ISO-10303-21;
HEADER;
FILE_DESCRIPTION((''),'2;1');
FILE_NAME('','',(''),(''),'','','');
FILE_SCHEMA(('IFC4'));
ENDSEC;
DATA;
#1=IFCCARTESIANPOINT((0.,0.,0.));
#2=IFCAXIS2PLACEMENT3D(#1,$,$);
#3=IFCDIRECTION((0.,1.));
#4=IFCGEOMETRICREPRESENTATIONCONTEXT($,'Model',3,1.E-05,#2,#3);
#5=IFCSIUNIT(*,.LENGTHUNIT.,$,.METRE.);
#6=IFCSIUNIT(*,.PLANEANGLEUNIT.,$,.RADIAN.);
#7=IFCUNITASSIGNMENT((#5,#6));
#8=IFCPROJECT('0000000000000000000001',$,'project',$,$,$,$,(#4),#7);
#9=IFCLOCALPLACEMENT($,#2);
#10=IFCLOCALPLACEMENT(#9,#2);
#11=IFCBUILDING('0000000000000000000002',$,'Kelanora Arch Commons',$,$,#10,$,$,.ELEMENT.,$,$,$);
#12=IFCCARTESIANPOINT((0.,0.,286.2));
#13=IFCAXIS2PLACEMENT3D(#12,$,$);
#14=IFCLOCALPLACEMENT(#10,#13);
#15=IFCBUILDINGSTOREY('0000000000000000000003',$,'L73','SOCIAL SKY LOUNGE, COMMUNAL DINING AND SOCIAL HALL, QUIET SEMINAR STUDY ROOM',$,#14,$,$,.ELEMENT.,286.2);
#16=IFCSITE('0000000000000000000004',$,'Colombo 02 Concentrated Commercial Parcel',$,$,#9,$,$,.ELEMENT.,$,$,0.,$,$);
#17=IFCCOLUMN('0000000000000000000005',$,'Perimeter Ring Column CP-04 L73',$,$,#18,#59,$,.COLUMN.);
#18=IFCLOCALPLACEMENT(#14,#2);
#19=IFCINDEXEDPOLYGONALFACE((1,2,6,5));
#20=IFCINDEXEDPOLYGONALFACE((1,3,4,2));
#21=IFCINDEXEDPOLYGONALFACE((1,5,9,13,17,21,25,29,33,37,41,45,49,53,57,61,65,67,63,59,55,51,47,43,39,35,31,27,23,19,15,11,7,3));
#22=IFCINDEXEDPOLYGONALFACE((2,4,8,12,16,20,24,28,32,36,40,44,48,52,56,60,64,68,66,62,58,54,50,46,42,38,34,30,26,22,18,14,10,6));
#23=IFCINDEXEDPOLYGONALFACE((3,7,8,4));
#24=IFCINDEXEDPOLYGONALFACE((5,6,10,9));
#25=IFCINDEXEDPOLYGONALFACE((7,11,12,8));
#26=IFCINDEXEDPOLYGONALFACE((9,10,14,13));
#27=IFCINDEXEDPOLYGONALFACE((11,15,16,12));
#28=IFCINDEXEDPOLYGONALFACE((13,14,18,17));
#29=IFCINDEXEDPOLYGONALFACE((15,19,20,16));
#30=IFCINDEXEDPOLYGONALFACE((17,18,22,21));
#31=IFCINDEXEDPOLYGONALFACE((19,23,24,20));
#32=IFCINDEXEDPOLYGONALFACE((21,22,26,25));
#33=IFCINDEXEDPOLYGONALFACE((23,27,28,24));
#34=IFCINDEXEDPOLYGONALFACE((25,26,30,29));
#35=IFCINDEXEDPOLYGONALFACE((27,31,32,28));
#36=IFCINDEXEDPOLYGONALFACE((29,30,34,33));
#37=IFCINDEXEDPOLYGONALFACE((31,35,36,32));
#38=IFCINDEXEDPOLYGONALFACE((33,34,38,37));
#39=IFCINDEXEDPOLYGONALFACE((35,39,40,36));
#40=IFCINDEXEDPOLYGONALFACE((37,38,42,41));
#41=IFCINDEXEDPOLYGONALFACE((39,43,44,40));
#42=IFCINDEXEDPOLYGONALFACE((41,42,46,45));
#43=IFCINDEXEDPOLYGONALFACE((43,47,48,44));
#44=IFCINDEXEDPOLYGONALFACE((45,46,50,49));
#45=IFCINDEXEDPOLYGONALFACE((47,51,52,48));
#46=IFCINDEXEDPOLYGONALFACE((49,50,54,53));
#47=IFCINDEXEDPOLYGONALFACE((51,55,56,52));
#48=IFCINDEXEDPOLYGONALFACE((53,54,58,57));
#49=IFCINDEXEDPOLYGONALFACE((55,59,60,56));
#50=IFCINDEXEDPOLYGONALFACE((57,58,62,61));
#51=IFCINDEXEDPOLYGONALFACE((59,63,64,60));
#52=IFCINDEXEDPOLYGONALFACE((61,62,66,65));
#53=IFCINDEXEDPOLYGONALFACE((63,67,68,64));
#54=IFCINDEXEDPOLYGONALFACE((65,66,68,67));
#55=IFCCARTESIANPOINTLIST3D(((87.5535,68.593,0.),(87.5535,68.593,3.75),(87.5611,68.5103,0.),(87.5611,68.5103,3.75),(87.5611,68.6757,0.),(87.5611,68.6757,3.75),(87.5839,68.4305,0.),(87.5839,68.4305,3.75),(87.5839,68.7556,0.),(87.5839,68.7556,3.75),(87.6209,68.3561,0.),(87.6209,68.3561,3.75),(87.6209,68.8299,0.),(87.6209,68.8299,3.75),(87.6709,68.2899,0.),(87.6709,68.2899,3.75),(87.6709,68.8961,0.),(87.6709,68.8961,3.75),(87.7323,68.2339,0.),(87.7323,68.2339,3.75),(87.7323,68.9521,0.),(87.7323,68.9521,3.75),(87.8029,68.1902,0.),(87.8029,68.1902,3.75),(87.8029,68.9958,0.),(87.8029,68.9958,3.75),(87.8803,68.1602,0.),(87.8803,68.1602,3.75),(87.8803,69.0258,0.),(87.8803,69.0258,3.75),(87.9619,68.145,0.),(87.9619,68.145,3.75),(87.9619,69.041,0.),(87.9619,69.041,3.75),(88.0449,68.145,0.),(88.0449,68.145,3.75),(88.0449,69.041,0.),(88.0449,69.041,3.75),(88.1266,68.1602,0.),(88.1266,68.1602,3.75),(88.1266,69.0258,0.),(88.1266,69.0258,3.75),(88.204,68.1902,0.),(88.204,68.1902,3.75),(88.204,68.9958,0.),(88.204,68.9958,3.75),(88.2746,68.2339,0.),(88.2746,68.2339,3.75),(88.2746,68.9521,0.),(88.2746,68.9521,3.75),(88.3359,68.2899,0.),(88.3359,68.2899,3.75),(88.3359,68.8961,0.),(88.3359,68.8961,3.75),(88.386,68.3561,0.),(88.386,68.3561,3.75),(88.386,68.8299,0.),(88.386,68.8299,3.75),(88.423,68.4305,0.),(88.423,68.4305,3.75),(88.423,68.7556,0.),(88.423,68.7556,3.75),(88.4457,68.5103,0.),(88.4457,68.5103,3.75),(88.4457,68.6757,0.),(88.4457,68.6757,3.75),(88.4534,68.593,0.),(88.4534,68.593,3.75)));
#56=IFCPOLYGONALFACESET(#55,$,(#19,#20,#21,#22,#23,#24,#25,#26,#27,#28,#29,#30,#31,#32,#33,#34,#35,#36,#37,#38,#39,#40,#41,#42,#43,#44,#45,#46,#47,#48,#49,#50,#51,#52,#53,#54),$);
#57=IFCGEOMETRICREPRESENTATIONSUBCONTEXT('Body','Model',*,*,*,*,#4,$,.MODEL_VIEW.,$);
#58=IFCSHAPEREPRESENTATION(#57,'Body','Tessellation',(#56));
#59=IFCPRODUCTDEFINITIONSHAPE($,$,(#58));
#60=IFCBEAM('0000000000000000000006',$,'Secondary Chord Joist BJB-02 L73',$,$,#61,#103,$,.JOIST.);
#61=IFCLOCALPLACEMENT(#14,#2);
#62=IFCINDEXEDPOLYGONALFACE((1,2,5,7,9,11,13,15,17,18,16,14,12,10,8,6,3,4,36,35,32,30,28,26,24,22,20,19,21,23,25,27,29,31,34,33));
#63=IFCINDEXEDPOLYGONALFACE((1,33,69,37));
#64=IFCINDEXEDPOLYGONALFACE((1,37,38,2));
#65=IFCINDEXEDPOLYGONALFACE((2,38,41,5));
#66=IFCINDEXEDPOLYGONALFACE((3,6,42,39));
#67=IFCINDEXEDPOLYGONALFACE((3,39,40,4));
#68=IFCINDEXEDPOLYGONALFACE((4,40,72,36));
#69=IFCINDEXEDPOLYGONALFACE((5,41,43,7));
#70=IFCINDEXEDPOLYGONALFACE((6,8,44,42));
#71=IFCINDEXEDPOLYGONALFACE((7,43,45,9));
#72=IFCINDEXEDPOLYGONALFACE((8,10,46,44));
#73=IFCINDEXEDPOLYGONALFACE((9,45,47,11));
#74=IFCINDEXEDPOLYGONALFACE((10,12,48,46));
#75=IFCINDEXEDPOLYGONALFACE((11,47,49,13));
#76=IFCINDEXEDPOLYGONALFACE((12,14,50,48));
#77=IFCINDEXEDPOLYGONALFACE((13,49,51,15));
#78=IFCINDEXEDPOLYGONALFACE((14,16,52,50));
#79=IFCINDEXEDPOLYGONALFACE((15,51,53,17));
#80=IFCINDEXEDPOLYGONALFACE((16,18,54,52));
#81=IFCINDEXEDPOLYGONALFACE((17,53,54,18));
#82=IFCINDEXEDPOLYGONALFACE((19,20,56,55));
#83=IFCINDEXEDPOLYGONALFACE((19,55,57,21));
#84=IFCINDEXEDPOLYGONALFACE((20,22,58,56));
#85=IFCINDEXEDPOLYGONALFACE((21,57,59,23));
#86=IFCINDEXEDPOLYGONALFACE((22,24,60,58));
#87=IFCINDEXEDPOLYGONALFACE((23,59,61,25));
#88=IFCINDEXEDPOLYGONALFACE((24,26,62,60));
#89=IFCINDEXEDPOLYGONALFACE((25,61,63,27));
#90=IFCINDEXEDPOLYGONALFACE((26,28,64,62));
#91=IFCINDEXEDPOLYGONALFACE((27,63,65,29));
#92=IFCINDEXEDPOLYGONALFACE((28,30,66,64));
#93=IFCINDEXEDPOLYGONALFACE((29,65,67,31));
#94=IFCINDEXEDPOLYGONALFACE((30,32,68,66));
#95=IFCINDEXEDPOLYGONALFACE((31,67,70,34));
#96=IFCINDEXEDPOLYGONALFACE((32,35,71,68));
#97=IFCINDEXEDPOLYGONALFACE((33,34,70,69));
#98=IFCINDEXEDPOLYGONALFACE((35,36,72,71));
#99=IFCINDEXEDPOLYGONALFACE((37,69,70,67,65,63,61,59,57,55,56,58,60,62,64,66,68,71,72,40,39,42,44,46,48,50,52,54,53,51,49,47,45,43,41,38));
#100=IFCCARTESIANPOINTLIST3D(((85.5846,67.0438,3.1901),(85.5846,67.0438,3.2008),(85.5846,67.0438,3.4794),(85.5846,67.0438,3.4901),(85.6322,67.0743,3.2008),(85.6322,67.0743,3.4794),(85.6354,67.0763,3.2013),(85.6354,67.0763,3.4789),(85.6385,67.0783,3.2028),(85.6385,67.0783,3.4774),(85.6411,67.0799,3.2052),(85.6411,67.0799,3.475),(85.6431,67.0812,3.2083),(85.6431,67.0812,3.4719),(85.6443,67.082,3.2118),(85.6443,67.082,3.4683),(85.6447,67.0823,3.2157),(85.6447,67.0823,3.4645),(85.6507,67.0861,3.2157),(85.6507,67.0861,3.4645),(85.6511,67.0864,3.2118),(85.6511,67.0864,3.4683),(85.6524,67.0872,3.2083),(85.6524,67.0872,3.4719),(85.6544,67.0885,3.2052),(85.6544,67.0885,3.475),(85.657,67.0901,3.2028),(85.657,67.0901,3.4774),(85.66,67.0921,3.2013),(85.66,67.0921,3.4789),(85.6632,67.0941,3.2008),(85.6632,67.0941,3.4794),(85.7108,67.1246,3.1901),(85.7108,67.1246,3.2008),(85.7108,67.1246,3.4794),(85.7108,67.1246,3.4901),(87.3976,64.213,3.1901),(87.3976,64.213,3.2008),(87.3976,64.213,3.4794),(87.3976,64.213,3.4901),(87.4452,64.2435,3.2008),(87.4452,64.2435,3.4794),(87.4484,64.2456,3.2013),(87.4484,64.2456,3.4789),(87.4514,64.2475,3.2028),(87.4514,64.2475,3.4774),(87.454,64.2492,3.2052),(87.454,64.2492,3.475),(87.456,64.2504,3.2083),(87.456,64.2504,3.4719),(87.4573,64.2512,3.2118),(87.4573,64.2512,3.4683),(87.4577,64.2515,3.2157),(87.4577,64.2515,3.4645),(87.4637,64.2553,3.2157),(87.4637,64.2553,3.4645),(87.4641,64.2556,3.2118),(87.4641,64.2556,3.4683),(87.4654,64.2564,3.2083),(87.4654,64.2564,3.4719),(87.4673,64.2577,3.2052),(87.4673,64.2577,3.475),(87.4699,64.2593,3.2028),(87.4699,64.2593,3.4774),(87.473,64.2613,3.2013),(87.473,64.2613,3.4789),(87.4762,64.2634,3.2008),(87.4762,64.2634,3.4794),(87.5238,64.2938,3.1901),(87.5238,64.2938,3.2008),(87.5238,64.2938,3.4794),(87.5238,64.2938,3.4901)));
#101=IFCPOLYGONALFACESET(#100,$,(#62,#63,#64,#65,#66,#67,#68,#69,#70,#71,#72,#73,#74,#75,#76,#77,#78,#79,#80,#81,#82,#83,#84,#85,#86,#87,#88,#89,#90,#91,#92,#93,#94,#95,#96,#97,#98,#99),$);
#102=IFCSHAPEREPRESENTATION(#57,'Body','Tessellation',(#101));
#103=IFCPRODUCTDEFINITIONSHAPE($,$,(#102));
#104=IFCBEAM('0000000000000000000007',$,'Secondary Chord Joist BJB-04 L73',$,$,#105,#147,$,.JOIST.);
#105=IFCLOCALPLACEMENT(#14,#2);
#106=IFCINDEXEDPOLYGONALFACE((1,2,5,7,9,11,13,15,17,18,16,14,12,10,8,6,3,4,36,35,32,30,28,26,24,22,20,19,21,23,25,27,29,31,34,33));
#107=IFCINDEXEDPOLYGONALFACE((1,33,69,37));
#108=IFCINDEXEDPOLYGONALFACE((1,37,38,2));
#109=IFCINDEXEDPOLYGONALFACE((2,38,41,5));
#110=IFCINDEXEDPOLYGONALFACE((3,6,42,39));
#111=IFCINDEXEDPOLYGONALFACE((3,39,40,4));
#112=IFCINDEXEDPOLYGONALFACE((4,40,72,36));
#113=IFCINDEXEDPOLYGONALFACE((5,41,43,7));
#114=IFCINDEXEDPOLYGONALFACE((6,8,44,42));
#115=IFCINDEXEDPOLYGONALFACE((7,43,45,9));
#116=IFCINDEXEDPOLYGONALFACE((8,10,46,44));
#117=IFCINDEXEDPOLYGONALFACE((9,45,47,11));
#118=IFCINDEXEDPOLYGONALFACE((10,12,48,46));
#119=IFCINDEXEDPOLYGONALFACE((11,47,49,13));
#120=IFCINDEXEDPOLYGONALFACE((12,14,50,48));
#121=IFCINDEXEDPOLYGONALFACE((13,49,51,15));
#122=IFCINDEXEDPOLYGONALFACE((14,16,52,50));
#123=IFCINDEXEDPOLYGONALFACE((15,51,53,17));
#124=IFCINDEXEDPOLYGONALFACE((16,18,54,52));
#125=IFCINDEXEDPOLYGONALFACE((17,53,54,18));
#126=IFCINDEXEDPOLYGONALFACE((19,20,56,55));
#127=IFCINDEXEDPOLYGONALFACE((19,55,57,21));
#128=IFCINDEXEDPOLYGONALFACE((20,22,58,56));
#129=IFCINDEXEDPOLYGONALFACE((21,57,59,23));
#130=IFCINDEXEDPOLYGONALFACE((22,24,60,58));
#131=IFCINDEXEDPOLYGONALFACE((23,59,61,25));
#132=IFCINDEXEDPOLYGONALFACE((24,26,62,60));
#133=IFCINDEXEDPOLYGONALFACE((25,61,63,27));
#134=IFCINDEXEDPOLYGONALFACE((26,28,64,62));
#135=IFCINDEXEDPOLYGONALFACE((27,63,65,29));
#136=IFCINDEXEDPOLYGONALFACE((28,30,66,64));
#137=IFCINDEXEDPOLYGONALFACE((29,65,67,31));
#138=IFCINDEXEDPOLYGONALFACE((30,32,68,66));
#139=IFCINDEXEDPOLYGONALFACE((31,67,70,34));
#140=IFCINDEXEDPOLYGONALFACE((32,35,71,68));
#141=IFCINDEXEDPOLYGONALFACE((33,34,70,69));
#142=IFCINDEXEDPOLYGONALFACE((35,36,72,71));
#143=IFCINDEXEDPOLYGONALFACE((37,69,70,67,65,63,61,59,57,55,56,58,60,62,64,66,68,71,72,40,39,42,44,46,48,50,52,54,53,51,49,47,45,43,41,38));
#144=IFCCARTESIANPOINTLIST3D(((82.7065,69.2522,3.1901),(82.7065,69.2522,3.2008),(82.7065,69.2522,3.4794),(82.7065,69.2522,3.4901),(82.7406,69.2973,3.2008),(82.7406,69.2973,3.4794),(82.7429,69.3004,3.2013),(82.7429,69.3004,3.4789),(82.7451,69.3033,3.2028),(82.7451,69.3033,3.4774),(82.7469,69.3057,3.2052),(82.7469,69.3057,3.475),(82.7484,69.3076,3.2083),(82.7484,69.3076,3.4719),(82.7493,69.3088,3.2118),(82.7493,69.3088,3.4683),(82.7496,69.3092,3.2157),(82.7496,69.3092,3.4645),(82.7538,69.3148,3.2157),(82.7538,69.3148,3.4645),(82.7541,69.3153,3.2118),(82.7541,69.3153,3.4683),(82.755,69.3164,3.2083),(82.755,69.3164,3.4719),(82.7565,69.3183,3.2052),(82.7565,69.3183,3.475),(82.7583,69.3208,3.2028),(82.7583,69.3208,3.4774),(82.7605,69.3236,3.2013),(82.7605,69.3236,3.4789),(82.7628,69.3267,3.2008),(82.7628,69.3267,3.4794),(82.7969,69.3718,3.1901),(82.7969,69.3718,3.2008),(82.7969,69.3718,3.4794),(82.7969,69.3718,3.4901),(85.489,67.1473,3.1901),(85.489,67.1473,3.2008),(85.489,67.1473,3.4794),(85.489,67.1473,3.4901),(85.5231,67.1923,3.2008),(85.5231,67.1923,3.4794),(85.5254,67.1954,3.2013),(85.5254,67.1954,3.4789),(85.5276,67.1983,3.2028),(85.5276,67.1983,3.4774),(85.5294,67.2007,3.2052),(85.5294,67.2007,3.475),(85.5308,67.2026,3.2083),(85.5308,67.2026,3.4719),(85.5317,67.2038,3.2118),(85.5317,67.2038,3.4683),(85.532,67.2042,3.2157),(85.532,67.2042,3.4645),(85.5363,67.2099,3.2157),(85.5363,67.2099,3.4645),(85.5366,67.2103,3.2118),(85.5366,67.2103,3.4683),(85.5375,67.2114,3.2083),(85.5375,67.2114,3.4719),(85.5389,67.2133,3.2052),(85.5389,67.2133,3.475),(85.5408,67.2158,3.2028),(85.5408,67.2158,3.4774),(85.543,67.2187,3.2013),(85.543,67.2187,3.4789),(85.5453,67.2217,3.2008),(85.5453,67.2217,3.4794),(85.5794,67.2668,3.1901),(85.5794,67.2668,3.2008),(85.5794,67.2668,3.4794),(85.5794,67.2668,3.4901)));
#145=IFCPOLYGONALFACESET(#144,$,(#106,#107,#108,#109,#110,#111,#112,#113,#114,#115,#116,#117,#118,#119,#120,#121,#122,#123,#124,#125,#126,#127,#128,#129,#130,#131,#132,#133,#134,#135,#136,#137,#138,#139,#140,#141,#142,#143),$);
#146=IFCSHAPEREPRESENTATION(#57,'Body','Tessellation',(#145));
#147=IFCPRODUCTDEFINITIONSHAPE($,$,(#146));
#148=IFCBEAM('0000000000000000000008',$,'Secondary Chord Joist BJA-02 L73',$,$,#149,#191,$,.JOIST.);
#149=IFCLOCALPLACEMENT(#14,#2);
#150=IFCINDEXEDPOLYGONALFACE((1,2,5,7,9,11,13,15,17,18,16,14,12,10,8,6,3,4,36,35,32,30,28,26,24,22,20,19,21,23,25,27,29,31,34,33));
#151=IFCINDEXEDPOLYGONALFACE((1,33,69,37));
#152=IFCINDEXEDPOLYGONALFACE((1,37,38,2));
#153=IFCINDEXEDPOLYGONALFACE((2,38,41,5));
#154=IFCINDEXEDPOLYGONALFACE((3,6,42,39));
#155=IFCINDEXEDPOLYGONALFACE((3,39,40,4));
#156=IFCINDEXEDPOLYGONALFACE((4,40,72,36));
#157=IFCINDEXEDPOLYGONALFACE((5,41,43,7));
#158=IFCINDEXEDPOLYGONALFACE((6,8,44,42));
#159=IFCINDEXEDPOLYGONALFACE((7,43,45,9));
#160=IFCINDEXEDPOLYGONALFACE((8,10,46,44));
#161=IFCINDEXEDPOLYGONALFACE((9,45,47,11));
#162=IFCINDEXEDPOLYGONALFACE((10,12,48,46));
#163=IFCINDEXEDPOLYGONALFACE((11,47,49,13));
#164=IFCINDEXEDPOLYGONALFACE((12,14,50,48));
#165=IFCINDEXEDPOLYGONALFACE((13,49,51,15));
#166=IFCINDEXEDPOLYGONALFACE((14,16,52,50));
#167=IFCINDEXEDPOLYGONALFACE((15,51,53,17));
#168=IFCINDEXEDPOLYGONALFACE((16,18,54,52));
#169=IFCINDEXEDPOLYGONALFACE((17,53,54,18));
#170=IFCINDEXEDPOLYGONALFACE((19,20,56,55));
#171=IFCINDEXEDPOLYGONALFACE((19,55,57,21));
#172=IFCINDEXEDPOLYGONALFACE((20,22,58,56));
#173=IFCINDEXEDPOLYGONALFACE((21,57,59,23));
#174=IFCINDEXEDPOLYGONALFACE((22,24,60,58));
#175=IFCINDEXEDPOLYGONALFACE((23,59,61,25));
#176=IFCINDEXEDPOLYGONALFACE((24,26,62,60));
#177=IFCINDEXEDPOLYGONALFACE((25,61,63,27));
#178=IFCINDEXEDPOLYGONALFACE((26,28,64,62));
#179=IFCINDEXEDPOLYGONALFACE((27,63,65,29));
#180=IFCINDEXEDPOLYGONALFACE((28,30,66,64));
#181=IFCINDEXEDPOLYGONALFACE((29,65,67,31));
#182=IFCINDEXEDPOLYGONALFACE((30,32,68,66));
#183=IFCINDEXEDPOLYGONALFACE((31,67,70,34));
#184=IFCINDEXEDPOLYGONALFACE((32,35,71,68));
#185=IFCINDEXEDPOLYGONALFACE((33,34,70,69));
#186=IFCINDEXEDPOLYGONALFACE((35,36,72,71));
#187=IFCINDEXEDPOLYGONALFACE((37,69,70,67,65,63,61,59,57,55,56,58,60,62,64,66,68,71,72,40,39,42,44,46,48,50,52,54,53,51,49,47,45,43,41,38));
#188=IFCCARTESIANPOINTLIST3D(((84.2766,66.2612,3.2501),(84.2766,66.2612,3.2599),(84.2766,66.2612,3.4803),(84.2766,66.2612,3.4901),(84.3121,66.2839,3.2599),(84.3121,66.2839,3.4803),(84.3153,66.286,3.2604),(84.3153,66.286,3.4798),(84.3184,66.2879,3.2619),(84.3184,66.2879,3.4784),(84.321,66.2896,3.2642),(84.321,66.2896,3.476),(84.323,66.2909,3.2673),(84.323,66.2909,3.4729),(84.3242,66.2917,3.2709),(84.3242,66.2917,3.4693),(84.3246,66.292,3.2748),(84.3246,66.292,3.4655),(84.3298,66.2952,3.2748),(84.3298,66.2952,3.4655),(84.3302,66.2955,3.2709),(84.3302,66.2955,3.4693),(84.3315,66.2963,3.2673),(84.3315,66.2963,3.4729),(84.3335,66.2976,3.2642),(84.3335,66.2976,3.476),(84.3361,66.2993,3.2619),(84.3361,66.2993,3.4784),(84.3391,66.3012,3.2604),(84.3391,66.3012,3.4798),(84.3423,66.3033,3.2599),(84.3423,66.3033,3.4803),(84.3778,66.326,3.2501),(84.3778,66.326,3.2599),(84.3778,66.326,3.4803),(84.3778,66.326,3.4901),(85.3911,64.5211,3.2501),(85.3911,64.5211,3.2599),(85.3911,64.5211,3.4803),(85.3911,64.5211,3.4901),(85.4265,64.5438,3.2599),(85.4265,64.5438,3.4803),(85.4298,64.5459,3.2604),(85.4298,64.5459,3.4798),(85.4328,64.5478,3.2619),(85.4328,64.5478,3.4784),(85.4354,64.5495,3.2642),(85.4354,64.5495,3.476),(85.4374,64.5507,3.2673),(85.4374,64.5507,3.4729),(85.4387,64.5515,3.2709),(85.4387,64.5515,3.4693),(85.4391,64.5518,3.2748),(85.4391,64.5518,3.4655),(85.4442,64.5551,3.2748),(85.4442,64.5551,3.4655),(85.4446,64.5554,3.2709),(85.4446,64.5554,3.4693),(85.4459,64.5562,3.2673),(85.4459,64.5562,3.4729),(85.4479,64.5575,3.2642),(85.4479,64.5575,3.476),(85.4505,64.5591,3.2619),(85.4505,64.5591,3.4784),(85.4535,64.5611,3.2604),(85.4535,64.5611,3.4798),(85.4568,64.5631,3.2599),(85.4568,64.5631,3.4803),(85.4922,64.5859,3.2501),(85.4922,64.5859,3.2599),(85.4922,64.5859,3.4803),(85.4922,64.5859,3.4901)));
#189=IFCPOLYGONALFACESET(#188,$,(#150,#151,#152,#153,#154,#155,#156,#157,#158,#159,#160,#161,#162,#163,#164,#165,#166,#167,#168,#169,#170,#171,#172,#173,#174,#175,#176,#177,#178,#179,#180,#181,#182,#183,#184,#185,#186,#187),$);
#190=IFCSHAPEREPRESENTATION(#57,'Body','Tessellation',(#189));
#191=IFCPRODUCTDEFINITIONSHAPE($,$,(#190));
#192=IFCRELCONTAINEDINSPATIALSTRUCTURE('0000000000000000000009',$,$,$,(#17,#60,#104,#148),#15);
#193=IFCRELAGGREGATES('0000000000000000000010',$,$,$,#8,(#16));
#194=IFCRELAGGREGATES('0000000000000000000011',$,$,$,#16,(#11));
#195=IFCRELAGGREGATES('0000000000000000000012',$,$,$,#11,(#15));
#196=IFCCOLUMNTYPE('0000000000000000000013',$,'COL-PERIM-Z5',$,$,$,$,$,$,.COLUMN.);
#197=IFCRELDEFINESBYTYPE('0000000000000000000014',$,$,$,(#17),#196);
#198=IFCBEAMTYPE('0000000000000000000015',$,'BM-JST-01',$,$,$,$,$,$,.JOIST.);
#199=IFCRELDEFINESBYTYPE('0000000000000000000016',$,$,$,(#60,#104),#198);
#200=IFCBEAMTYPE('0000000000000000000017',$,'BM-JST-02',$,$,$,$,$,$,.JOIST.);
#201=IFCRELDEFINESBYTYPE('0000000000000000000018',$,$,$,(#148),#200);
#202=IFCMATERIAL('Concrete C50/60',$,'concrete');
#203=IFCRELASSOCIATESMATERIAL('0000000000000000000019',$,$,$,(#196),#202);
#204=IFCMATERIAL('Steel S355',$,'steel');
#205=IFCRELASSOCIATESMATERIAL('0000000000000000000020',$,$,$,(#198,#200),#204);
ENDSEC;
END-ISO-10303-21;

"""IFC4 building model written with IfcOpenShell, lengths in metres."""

from ifc_helpers import new_model, si_unit, direction, frame, origin, origin_2d, place, context, subcontext, project, spatial, circle, i_section, extrude, material, material_profile, profile_set, type_object, element, save


model = new_model("IFC4")

# Units and contexts
model_context = context("Model", 3, precision=1e-05, world=origin(), true_north=direction((0.0, 1.0)))
body_context = subcontext(model_context, "Body", "Model", "MODEL_VIEW")
ifc_project = project(units=[si_unit("LENGTHUNIT", "METRE"), si_unit("PLANEANGLEUNIT", "RADIAN")], contexts=[model_context])

# Site, building, storey
site_placement = place(None, origin())
site = spatial("IfcSite", under=ifc_project, at=site_placement, Name="Colombo 02 Concentrated Commercial Parcel", CompositionType="ELEMENT", RefElevation=0.0)
building_placement = place(site_placement, origin())
building = spatial("IfcBuilding", under=site, at=building_placement, Name="Kelanora Arch Commons", CompositionType="ELEMENT")
storey_placement = place(building_placement, frame((0.0, 0.0, 286.2)))
storey = spatial("IfcBuildingStorey", under=building, at=storey_placement, Name="L73", Description="SOCIAL SKY LOUNGE, COMMUNAL DINING AND SOCIAL HALL, QUIET SEMINAR STUDY ROOM", CompositionType="ELEMENT", Elevation=286.2)

# Column
ifc_material_1 = material(Name="Concrete C50/60", Category="concrete")
ifc_material_profile_1 = material_profile(ifc_material_1, circle(Radius=0.45, at=origin_2d()), Name="RCC900")
ifc_profile_set_1 = profile_set([ifc_material_profile_1], Name="Concrete C50/60")
column_type = type_object("IfcColumnType", Name="COL-PERIM-Z5", PredefinedType="COLUMN", material=ifc_profile_set_1)
column_placement = place(storey_placement, frame((88.0034, 68.593, 0.0), z_axis=(0.0, 0.0, 1.0), x_axis=(1.0, 0.0, 0.0)))
element("IfcColumn", 1, at=column_placement, inside=storey, type_object=column_type, Name="Perimeter Ring Column CP-04 L73", PredefinedType="COLUMN", context=body_context, shape_type="SweptSolid", body=[
    extrude(circle(Radius=0.45, at=origin_2d()), origin(), (0.0, 0.0, 1.0), 3.75),
])

# Beams
ifc_material_2 = material(Name="Steel S355", Category="steel")
ifc_material_profile_2 = material_profile(ifc_material_2, i_section(OverallWidth=0.1499, OverallDepth=0.3, WebThickness=0.0071, FlangeThickness=0.0107, FilletRadius=0.0149, at=origin_2d()), Name="IPE300")
ifc_profile_set_2 = profile_set([ifc_material_profile_2], Name="Steel S355")
beam_type_1 = type_object("IfcBeamType", Name="BM-JST-01", PredefinedType="JOIST", material=ifc_profile_set_2)
beam_1_placement = place(storey_placement, frame((87.4607, 64.2534, 3.3401), z_axis=(-0.539322, 0.8421, 0.0), x_axis=(-0.8421, -0.539322, 0.0)))
element("IfcBeam", 2, at=beam_1_placement, inside=storey, type_object=beam_type_1, Name="Secondary Chord Joist BJB-02 L73", PredefinedType="JOIST", context=body_context, shape_type="SweptSolid", body=[
    extrude(i_section(OverallWidth=0.1499, OverallDepth=0.3, WebThickness=0.0071, FlangeThickness=0.0107, FilletRadius=0.0149, at=origin_2d()), origin(), (0.0, 0.0, 1.0), 3.3616),
])
beam_2_placement = place(storey_placement, frame((85.5342, 67.207, 3.3401), z_axis=(-0.797499, 0.60332, 0.0), x_axis=(-0.60332, -0.797499, 0.0)))
element("IfcBeam", 3, at=beam_2_placement, inside=storey, type_object=beam_type_1, Name="Secondary Chord Joist BJB-04 L73", PredefinedType="JOIST", context=body_context, shape_type="SweptSolid", body=[
    extrude(i_section(OverallWidth=0.1499, OverallDepth=0.3, WebThickness=0.0071, FlangeThickness=0.0107, FilletRadius=0.0149, at=origin_2d()), origin(), (0.0, 0.0, 1.0), 3.489),
])
ifc_material_profile_3 = material_profile(ifc_material_2, i_section(OverallWidth=0.1201, OverallDepth=0.24, WebThickness=0.0061, FlangeThickness=0.0098, FilletRadius=0.0149, at=origin_2d()), Name="IPE240")
ifc_profile_set_3 = profile_set([ifc_material_profile_3], Name="Steel S355")
beam_type_2 = type_object("IfcBeamType", Name="BM-JST-02", PredefinedType="JOIST", material=ifc_profile_set_3)
beam_3_placement = place(storey_placement, frame((85.4417, 64.5535, 3.3701), z_axis=(-0.539312, 0.842106, 0.0), x_axis=(-0.842106, -0.539312, 0.0)))
element("IfcBeam", 4, at=beam_3_placement, inside=storey, type_object=beam_type_2, Name="Secondary Chord Joist BJA-02 L73", PredefinedType="JOIST", context=body_context, shape_type="SweptSolid", body=[
    extrude(i_section(OverallWidth=0.1201, OverallDepth=0.24, WebThickness=0.0061, FlangeThickness=0.0098, FilletRadius=0.0149, at=origin_2d()), origin(), (0.0, 0.0, 1.0), 2.0664),
])

save(model, "model.ifc")
